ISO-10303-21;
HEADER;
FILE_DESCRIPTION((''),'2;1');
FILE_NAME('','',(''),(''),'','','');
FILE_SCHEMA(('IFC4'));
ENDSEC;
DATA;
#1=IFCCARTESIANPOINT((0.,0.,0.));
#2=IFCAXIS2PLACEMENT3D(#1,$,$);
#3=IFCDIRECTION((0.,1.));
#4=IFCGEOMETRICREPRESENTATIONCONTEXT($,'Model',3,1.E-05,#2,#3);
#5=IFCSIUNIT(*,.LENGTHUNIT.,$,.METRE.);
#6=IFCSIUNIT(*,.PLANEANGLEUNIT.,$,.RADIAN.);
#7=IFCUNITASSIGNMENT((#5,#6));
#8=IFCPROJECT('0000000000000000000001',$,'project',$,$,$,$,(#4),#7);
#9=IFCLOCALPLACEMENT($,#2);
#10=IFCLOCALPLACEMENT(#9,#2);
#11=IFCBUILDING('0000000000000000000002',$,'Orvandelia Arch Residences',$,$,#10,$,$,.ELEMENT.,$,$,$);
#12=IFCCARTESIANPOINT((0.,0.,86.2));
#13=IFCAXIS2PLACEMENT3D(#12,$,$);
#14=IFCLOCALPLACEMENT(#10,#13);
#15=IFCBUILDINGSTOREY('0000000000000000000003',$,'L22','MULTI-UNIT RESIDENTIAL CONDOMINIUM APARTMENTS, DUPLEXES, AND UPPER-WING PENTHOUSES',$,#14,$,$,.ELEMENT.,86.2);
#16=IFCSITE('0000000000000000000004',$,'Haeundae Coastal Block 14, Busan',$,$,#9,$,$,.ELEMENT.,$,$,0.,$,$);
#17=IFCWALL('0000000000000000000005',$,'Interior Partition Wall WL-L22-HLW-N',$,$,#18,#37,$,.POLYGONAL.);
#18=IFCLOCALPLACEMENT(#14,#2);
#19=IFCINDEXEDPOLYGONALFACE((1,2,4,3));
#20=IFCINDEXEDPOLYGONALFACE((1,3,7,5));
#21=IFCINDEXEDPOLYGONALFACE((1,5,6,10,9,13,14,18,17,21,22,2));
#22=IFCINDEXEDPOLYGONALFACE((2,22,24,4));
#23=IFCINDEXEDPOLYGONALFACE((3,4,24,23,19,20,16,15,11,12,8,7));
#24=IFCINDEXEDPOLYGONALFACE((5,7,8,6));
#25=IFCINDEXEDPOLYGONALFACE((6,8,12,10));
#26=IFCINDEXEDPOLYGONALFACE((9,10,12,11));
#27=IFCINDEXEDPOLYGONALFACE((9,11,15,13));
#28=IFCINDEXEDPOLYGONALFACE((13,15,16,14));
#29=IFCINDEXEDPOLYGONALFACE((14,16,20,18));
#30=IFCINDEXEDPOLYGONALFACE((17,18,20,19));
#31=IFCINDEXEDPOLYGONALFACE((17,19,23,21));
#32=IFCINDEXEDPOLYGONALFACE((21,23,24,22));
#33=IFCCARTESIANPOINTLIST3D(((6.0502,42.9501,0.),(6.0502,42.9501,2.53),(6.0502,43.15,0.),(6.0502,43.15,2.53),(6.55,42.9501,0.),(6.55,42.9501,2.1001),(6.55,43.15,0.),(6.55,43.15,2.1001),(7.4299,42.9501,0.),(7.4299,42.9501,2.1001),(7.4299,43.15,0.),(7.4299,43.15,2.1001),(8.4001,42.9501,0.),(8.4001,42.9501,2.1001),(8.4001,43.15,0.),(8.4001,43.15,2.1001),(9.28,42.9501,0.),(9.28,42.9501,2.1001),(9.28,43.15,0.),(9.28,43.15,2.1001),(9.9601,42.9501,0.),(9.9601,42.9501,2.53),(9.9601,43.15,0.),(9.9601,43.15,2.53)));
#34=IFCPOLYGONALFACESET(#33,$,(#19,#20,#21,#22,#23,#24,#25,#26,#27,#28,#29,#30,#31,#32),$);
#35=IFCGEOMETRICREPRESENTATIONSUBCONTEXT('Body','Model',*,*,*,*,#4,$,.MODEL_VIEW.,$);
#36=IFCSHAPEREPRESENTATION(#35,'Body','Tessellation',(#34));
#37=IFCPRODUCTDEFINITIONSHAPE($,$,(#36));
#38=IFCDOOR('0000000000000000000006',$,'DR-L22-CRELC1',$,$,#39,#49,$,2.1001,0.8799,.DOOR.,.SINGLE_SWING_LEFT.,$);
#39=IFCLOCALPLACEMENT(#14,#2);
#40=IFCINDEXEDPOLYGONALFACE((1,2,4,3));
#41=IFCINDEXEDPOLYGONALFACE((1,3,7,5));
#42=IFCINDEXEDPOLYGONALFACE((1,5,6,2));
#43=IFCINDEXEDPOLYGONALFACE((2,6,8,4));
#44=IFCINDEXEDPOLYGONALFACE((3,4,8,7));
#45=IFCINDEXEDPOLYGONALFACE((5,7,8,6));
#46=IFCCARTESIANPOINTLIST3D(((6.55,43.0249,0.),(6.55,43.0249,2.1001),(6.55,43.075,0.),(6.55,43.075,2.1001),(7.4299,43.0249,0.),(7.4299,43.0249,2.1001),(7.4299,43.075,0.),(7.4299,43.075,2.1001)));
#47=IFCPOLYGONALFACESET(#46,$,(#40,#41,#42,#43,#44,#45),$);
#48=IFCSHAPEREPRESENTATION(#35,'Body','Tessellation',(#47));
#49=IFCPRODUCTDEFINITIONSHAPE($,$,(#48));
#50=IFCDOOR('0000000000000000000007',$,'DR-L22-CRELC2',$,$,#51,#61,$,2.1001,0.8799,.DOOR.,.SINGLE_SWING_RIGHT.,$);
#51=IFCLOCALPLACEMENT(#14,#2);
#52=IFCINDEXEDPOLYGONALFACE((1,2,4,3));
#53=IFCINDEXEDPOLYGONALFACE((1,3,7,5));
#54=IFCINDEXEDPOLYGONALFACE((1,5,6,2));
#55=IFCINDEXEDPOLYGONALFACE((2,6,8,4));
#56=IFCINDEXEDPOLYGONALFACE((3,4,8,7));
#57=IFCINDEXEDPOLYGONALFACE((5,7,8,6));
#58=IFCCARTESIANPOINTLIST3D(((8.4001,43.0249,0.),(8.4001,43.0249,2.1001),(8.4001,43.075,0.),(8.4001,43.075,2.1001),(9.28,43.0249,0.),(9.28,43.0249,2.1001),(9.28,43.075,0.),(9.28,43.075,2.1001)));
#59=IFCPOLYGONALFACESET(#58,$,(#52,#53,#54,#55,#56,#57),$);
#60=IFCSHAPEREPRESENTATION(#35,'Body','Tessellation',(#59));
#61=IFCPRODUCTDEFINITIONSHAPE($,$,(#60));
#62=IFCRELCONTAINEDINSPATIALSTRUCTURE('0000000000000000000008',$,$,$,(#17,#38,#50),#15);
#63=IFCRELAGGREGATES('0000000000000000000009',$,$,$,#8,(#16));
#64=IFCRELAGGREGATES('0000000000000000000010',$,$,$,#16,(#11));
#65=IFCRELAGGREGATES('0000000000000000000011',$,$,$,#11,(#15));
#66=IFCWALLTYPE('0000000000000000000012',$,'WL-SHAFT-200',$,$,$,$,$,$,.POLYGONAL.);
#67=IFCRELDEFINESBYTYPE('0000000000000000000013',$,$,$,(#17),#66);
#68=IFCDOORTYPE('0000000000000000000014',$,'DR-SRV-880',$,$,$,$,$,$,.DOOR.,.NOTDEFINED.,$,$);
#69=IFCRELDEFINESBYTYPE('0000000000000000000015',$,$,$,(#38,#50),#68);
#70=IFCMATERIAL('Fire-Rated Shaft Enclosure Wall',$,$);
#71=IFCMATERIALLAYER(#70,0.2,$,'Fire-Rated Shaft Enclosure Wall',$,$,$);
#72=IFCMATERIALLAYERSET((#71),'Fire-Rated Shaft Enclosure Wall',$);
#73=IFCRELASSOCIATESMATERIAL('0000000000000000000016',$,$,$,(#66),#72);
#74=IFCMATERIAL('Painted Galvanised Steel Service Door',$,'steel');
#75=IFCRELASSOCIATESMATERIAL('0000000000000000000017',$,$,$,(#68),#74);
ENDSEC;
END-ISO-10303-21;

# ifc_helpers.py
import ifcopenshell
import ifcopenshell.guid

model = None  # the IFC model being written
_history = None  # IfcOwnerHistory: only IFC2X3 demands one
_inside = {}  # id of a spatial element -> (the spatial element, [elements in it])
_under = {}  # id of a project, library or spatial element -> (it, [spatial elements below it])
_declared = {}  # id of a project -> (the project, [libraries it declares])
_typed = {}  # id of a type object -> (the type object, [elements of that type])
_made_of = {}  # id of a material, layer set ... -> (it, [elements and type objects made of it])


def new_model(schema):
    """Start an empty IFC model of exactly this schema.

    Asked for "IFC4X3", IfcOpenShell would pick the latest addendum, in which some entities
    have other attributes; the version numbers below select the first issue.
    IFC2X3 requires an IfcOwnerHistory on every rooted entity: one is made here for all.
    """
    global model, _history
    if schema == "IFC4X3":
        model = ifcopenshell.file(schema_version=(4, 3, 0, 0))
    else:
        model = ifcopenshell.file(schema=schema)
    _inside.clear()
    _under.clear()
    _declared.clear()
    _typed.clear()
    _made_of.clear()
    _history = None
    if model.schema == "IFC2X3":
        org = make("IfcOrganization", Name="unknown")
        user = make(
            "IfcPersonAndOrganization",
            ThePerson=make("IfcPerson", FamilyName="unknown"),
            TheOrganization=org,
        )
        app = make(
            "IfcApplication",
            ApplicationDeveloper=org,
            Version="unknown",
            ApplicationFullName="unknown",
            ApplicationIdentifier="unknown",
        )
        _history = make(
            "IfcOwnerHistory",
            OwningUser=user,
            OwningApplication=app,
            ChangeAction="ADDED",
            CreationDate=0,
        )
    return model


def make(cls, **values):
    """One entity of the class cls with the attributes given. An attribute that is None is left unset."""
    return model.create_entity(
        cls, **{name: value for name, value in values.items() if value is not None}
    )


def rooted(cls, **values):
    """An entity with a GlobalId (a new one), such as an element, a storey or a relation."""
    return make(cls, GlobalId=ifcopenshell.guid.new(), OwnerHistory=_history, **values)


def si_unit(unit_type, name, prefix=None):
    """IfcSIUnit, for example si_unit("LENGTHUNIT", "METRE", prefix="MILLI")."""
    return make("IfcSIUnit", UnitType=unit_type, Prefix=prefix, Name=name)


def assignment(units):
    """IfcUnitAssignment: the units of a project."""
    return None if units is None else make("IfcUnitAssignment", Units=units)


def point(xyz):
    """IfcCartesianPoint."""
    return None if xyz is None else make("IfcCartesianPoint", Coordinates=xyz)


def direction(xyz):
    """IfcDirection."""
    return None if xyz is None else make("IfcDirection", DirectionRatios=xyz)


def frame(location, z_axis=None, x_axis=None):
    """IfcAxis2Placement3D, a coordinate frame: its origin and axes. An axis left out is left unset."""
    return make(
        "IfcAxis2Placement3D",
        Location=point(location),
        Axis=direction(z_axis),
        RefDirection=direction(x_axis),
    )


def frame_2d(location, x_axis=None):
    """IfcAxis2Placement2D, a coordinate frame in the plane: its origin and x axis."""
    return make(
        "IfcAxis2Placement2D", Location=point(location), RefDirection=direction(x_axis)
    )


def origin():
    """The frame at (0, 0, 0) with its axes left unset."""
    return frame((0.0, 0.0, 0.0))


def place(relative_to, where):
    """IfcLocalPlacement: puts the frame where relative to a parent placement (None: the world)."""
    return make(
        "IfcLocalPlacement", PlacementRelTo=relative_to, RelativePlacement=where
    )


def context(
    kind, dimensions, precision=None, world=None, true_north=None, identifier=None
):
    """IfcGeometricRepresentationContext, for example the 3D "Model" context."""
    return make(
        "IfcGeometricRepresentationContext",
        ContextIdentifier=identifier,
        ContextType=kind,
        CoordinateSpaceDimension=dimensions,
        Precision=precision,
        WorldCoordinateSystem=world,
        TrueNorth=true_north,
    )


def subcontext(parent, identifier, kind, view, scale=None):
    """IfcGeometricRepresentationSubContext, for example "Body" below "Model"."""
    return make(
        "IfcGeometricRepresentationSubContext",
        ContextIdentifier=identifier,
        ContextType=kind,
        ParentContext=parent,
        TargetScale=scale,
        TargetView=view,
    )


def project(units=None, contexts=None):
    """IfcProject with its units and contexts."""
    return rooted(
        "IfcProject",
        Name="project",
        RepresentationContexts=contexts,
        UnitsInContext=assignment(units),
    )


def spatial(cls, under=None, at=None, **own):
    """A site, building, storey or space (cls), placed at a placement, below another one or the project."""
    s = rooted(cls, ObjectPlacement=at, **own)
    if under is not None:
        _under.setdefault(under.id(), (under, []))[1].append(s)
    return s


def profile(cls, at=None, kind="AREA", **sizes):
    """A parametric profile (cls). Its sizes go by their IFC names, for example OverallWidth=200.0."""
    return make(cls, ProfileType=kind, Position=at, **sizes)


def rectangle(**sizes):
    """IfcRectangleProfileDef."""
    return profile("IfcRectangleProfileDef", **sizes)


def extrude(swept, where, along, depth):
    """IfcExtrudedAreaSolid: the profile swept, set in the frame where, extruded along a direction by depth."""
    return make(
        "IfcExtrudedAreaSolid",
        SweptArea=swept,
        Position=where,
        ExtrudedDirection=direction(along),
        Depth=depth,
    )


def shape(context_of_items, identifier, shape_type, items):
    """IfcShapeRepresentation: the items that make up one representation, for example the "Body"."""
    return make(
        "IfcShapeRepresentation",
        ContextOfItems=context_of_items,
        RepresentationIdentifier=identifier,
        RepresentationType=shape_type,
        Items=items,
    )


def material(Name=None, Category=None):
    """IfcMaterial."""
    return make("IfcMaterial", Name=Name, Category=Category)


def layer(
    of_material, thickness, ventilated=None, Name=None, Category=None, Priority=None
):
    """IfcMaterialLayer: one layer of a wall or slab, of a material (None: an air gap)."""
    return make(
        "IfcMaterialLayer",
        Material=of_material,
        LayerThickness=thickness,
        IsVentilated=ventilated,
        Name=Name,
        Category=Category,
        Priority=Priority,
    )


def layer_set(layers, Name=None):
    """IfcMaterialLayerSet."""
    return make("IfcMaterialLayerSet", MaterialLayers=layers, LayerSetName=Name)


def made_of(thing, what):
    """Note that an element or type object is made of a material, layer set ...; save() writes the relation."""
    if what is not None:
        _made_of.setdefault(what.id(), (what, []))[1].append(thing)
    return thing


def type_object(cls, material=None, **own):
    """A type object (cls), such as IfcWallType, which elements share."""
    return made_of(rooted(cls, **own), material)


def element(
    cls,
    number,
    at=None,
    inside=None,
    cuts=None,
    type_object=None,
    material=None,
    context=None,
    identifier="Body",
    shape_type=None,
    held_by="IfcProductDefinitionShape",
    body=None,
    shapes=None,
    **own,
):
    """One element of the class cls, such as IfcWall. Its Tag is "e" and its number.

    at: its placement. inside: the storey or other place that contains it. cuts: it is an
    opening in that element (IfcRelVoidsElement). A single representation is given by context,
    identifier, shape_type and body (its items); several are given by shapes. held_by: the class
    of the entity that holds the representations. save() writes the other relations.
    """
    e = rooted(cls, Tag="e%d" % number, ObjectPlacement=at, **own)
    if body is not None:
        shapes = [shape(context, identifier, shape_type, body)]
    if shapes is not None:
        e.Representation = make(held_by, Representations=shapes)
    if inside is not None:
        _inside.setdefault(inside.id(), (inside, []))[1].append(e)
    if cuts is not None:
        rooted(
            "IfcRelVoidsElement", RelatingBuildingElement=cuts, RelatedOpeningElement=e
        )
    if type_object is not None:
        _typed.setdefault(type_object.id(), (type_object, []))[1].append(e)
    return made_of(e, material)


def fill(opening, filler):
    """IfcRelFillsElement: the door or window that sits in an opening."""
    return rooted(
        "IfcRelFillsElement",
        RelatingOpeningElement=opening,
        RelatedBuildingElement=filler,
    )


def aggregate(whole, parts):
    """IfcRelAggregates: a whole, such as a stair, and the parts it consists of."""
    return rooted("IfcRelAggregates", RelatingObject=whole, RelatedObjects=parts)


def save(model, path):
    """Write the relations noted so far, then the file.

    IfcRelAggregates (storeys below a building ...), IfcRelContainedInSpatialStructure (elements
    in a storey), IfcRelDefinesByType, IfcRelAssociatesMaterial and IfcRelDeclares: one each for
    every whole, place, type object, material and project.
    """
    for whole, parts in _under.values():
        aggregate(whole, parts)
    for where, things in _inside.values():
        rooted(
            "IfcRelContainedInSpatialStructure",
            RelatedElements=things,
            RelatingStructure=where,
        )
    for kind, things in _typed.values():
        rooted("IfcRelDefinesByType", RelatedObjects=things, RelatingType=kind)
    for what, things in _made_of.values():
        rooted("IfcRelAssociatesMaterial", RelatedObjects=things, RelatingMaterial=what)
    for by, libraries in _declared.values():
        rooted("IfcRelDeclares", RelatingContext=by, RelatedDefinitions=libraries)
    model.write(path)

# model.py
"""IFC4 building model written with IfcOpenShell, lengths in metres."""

from ifc_helpers import new_model, si_unit, direction, frame, frame_2d, origin, place, context, subcontext, project, spatial, rectangle, extrude, material, layer, layer_set, type_object, element, fill, save


model = new_model("IFC4")

# Units and contexts
model_context = context("Model", 3, precision=1e-05, world=origin(), true_north=direction((0.0, 1.0)))
body_context = subcontext(model_context, "Body", "Model", "MODEL_VIEW")
ifc_project = project(units=[si_unit("LENGTHUNIT", "METRE"), si_unit("PLANEANGLEUNIT", "RADIAN")], contexts=[model_context])

# Site, building, storey
site_placement = place(None, origin())
site = spatial("IfcSite", under=ifc_project, at=site_placement, Name="Haeundae Coastal Block 14, Busan", CompositionType="ELEMENT", RefElevation=0.0)
building_placement = place(site_placement, origin())
building = spatial("IfcBuilding", under=site, at=building_placement, Name="Orvandelia Arch Residences", CompositionType="ELEMENT")
storey_placement = place(building_placement, frame((0.0, 0.0, 86.2)))
storey = spatial("IfcBuildingStorey", under=building, at=storey_placement, Name="L22", Description="MULTI-UNIT RESIDENTIAL CONDOMINIUM APARTMENTS, DUPLEXES, AND UPPER-WING PENTHOUSES", CompositionType="ELEMENT", Elevation=86.2)

# Wall, openings, doors
ifc_material_1 = material(Name="Fire-Rated Shaft Enclosure Wall")
ifc_layer_1 = layer(ifc_material_1, 0.2, Name="Fire-Rated Shaft Enclosure Wall")
ifc_layer_set_1 = layer_set([ifc_layer_1], Name="Fire-Rated Shaft Enclosure Wall")
wall_type_1 = type_object("IfcWallType", Name="WL-SHAFT-200", PredefinedType="POLYGONAL", material=ifc_layer_set_1)
wall_1_placement = place(storey_placement, frame((6.05, 43.05, 0.0), z_axis=(0.0, 0.0, 1.0), x_axis=(1.0, 0.0, 0.0)))
wall_1 = element("IfcWall", 1, at=wall_1_placement, inside=storey, type_object=wall_type_1, Name="Interior Partition Wall WL-L22-HLW-N", PredefinedType="POLYGONAL", context=body_context, shape_type="SweptSolid", body=[
    extrude(rectangle(XDim=3.9099, YDim=0.2, at=frame_2d((1.9551, 0.0))), origin(), (0.0, 0.0, 1.0), 2.53),
])
opening_1_placement = place(wall_1_placement, frame((0.5, 0.0, 0.0)))
opening_1 = element("IfcOpeningElement", 2, at=opening_1_placement, cuts=wall_1, PredefinedType="OPENING", context=body_context, shape_type="SweptSolid", body=[
    extrude(rectangle(XDim=0.8799, YDim=2.1001, at=frame_2d((0.4399, 1.05))), frame((0.0, 0.1099, 0.0), z_axis=(0.0, -1.0, 0.0), x_axis=(1.0, 0.0, 0.0)), (0.0, 0.0, 1.0), 0.22),
])
opening_2_placement = place(wall_1_placement, frame((2.3501, 0.0, 0.0)))
opening_2 = element("IfcOpeningElement", 3, at=opening_2_placement, cuts=wall_1, PredefinedType="OPENING", context=body_context, shape_type="SweptSolid", body=[
    extrude(rectangle(XDim=0.8799, YDim=2.1001, at=frame_2d((0.4399, 1.05))), frame((0.0, 0.1099, 0.0), z_axis=(0.0, -1.0, 0.0), x_axis=(1.0, 0.0, 0.0)), (0.0, 0.0, 1.0), 0.22),
])
ifc_material_2 = material(Name="Painted Galvanised Steel Service Door", Category="steel")
door_type = type_object("IfcDoorType", Name="DR-SRV-880", OperationType="NOTDEFINED", PredefinedType="DOOR", material=ifc_material_2)
door_1_placement = place(opening_1_placement, origin())
door_1 = element("IfcDoor", 4, at=door_1_placement, inside=storey, type_object=door_type, Name="DR-L22-CRELC1", OperationType="SINGLE_SWING_LEFT", OverallHeight=2.1001, OverallWidth=0.8799, PredefinedType="DOOR", context=body_context, shape_type="SweptSolid", body=[
    extrude(rectangle(XDim=0.8799, YDim=2.1001, at=frame_2d((0.4399, 1.05))), frame((0.0, 0.0249, 0.0), z_axis=(0.0, -1.0, 0.0), x_axis=(1.0, 0.0, 0.0)), (0.0, 0.0, 1.0), 0.05),
])
fill(opening_1, door_1)
door_2_placement = place(opening_2_placement, origin())
door_2 = element("IfcDoor", 5, at=door_2_placement, inside=storey, type_object=door_type, Name="DR-L22-CRELC2", OperationType="SINGLE_SWING_RIGHT", OverallHeight=2.1001, OverallWidth=0.8799, PredefinedType="DOOR", context=body_context, shape_type="SweptSolid", body=[
    extrude(rectangle(XDim=0.8799, YDim=2.1001, at=frame_2d((0.4399, 1.05))), frame((0.0, 0.0249, 0.0), z_axis=(0.0, -1.0, 0.0), x_axis=(1.0, 0.0, 0.0)), (0.0, 0.0, 1.0), 0.05),
])
fill(opening_2, door_2)

save(model, "model.ifc")
